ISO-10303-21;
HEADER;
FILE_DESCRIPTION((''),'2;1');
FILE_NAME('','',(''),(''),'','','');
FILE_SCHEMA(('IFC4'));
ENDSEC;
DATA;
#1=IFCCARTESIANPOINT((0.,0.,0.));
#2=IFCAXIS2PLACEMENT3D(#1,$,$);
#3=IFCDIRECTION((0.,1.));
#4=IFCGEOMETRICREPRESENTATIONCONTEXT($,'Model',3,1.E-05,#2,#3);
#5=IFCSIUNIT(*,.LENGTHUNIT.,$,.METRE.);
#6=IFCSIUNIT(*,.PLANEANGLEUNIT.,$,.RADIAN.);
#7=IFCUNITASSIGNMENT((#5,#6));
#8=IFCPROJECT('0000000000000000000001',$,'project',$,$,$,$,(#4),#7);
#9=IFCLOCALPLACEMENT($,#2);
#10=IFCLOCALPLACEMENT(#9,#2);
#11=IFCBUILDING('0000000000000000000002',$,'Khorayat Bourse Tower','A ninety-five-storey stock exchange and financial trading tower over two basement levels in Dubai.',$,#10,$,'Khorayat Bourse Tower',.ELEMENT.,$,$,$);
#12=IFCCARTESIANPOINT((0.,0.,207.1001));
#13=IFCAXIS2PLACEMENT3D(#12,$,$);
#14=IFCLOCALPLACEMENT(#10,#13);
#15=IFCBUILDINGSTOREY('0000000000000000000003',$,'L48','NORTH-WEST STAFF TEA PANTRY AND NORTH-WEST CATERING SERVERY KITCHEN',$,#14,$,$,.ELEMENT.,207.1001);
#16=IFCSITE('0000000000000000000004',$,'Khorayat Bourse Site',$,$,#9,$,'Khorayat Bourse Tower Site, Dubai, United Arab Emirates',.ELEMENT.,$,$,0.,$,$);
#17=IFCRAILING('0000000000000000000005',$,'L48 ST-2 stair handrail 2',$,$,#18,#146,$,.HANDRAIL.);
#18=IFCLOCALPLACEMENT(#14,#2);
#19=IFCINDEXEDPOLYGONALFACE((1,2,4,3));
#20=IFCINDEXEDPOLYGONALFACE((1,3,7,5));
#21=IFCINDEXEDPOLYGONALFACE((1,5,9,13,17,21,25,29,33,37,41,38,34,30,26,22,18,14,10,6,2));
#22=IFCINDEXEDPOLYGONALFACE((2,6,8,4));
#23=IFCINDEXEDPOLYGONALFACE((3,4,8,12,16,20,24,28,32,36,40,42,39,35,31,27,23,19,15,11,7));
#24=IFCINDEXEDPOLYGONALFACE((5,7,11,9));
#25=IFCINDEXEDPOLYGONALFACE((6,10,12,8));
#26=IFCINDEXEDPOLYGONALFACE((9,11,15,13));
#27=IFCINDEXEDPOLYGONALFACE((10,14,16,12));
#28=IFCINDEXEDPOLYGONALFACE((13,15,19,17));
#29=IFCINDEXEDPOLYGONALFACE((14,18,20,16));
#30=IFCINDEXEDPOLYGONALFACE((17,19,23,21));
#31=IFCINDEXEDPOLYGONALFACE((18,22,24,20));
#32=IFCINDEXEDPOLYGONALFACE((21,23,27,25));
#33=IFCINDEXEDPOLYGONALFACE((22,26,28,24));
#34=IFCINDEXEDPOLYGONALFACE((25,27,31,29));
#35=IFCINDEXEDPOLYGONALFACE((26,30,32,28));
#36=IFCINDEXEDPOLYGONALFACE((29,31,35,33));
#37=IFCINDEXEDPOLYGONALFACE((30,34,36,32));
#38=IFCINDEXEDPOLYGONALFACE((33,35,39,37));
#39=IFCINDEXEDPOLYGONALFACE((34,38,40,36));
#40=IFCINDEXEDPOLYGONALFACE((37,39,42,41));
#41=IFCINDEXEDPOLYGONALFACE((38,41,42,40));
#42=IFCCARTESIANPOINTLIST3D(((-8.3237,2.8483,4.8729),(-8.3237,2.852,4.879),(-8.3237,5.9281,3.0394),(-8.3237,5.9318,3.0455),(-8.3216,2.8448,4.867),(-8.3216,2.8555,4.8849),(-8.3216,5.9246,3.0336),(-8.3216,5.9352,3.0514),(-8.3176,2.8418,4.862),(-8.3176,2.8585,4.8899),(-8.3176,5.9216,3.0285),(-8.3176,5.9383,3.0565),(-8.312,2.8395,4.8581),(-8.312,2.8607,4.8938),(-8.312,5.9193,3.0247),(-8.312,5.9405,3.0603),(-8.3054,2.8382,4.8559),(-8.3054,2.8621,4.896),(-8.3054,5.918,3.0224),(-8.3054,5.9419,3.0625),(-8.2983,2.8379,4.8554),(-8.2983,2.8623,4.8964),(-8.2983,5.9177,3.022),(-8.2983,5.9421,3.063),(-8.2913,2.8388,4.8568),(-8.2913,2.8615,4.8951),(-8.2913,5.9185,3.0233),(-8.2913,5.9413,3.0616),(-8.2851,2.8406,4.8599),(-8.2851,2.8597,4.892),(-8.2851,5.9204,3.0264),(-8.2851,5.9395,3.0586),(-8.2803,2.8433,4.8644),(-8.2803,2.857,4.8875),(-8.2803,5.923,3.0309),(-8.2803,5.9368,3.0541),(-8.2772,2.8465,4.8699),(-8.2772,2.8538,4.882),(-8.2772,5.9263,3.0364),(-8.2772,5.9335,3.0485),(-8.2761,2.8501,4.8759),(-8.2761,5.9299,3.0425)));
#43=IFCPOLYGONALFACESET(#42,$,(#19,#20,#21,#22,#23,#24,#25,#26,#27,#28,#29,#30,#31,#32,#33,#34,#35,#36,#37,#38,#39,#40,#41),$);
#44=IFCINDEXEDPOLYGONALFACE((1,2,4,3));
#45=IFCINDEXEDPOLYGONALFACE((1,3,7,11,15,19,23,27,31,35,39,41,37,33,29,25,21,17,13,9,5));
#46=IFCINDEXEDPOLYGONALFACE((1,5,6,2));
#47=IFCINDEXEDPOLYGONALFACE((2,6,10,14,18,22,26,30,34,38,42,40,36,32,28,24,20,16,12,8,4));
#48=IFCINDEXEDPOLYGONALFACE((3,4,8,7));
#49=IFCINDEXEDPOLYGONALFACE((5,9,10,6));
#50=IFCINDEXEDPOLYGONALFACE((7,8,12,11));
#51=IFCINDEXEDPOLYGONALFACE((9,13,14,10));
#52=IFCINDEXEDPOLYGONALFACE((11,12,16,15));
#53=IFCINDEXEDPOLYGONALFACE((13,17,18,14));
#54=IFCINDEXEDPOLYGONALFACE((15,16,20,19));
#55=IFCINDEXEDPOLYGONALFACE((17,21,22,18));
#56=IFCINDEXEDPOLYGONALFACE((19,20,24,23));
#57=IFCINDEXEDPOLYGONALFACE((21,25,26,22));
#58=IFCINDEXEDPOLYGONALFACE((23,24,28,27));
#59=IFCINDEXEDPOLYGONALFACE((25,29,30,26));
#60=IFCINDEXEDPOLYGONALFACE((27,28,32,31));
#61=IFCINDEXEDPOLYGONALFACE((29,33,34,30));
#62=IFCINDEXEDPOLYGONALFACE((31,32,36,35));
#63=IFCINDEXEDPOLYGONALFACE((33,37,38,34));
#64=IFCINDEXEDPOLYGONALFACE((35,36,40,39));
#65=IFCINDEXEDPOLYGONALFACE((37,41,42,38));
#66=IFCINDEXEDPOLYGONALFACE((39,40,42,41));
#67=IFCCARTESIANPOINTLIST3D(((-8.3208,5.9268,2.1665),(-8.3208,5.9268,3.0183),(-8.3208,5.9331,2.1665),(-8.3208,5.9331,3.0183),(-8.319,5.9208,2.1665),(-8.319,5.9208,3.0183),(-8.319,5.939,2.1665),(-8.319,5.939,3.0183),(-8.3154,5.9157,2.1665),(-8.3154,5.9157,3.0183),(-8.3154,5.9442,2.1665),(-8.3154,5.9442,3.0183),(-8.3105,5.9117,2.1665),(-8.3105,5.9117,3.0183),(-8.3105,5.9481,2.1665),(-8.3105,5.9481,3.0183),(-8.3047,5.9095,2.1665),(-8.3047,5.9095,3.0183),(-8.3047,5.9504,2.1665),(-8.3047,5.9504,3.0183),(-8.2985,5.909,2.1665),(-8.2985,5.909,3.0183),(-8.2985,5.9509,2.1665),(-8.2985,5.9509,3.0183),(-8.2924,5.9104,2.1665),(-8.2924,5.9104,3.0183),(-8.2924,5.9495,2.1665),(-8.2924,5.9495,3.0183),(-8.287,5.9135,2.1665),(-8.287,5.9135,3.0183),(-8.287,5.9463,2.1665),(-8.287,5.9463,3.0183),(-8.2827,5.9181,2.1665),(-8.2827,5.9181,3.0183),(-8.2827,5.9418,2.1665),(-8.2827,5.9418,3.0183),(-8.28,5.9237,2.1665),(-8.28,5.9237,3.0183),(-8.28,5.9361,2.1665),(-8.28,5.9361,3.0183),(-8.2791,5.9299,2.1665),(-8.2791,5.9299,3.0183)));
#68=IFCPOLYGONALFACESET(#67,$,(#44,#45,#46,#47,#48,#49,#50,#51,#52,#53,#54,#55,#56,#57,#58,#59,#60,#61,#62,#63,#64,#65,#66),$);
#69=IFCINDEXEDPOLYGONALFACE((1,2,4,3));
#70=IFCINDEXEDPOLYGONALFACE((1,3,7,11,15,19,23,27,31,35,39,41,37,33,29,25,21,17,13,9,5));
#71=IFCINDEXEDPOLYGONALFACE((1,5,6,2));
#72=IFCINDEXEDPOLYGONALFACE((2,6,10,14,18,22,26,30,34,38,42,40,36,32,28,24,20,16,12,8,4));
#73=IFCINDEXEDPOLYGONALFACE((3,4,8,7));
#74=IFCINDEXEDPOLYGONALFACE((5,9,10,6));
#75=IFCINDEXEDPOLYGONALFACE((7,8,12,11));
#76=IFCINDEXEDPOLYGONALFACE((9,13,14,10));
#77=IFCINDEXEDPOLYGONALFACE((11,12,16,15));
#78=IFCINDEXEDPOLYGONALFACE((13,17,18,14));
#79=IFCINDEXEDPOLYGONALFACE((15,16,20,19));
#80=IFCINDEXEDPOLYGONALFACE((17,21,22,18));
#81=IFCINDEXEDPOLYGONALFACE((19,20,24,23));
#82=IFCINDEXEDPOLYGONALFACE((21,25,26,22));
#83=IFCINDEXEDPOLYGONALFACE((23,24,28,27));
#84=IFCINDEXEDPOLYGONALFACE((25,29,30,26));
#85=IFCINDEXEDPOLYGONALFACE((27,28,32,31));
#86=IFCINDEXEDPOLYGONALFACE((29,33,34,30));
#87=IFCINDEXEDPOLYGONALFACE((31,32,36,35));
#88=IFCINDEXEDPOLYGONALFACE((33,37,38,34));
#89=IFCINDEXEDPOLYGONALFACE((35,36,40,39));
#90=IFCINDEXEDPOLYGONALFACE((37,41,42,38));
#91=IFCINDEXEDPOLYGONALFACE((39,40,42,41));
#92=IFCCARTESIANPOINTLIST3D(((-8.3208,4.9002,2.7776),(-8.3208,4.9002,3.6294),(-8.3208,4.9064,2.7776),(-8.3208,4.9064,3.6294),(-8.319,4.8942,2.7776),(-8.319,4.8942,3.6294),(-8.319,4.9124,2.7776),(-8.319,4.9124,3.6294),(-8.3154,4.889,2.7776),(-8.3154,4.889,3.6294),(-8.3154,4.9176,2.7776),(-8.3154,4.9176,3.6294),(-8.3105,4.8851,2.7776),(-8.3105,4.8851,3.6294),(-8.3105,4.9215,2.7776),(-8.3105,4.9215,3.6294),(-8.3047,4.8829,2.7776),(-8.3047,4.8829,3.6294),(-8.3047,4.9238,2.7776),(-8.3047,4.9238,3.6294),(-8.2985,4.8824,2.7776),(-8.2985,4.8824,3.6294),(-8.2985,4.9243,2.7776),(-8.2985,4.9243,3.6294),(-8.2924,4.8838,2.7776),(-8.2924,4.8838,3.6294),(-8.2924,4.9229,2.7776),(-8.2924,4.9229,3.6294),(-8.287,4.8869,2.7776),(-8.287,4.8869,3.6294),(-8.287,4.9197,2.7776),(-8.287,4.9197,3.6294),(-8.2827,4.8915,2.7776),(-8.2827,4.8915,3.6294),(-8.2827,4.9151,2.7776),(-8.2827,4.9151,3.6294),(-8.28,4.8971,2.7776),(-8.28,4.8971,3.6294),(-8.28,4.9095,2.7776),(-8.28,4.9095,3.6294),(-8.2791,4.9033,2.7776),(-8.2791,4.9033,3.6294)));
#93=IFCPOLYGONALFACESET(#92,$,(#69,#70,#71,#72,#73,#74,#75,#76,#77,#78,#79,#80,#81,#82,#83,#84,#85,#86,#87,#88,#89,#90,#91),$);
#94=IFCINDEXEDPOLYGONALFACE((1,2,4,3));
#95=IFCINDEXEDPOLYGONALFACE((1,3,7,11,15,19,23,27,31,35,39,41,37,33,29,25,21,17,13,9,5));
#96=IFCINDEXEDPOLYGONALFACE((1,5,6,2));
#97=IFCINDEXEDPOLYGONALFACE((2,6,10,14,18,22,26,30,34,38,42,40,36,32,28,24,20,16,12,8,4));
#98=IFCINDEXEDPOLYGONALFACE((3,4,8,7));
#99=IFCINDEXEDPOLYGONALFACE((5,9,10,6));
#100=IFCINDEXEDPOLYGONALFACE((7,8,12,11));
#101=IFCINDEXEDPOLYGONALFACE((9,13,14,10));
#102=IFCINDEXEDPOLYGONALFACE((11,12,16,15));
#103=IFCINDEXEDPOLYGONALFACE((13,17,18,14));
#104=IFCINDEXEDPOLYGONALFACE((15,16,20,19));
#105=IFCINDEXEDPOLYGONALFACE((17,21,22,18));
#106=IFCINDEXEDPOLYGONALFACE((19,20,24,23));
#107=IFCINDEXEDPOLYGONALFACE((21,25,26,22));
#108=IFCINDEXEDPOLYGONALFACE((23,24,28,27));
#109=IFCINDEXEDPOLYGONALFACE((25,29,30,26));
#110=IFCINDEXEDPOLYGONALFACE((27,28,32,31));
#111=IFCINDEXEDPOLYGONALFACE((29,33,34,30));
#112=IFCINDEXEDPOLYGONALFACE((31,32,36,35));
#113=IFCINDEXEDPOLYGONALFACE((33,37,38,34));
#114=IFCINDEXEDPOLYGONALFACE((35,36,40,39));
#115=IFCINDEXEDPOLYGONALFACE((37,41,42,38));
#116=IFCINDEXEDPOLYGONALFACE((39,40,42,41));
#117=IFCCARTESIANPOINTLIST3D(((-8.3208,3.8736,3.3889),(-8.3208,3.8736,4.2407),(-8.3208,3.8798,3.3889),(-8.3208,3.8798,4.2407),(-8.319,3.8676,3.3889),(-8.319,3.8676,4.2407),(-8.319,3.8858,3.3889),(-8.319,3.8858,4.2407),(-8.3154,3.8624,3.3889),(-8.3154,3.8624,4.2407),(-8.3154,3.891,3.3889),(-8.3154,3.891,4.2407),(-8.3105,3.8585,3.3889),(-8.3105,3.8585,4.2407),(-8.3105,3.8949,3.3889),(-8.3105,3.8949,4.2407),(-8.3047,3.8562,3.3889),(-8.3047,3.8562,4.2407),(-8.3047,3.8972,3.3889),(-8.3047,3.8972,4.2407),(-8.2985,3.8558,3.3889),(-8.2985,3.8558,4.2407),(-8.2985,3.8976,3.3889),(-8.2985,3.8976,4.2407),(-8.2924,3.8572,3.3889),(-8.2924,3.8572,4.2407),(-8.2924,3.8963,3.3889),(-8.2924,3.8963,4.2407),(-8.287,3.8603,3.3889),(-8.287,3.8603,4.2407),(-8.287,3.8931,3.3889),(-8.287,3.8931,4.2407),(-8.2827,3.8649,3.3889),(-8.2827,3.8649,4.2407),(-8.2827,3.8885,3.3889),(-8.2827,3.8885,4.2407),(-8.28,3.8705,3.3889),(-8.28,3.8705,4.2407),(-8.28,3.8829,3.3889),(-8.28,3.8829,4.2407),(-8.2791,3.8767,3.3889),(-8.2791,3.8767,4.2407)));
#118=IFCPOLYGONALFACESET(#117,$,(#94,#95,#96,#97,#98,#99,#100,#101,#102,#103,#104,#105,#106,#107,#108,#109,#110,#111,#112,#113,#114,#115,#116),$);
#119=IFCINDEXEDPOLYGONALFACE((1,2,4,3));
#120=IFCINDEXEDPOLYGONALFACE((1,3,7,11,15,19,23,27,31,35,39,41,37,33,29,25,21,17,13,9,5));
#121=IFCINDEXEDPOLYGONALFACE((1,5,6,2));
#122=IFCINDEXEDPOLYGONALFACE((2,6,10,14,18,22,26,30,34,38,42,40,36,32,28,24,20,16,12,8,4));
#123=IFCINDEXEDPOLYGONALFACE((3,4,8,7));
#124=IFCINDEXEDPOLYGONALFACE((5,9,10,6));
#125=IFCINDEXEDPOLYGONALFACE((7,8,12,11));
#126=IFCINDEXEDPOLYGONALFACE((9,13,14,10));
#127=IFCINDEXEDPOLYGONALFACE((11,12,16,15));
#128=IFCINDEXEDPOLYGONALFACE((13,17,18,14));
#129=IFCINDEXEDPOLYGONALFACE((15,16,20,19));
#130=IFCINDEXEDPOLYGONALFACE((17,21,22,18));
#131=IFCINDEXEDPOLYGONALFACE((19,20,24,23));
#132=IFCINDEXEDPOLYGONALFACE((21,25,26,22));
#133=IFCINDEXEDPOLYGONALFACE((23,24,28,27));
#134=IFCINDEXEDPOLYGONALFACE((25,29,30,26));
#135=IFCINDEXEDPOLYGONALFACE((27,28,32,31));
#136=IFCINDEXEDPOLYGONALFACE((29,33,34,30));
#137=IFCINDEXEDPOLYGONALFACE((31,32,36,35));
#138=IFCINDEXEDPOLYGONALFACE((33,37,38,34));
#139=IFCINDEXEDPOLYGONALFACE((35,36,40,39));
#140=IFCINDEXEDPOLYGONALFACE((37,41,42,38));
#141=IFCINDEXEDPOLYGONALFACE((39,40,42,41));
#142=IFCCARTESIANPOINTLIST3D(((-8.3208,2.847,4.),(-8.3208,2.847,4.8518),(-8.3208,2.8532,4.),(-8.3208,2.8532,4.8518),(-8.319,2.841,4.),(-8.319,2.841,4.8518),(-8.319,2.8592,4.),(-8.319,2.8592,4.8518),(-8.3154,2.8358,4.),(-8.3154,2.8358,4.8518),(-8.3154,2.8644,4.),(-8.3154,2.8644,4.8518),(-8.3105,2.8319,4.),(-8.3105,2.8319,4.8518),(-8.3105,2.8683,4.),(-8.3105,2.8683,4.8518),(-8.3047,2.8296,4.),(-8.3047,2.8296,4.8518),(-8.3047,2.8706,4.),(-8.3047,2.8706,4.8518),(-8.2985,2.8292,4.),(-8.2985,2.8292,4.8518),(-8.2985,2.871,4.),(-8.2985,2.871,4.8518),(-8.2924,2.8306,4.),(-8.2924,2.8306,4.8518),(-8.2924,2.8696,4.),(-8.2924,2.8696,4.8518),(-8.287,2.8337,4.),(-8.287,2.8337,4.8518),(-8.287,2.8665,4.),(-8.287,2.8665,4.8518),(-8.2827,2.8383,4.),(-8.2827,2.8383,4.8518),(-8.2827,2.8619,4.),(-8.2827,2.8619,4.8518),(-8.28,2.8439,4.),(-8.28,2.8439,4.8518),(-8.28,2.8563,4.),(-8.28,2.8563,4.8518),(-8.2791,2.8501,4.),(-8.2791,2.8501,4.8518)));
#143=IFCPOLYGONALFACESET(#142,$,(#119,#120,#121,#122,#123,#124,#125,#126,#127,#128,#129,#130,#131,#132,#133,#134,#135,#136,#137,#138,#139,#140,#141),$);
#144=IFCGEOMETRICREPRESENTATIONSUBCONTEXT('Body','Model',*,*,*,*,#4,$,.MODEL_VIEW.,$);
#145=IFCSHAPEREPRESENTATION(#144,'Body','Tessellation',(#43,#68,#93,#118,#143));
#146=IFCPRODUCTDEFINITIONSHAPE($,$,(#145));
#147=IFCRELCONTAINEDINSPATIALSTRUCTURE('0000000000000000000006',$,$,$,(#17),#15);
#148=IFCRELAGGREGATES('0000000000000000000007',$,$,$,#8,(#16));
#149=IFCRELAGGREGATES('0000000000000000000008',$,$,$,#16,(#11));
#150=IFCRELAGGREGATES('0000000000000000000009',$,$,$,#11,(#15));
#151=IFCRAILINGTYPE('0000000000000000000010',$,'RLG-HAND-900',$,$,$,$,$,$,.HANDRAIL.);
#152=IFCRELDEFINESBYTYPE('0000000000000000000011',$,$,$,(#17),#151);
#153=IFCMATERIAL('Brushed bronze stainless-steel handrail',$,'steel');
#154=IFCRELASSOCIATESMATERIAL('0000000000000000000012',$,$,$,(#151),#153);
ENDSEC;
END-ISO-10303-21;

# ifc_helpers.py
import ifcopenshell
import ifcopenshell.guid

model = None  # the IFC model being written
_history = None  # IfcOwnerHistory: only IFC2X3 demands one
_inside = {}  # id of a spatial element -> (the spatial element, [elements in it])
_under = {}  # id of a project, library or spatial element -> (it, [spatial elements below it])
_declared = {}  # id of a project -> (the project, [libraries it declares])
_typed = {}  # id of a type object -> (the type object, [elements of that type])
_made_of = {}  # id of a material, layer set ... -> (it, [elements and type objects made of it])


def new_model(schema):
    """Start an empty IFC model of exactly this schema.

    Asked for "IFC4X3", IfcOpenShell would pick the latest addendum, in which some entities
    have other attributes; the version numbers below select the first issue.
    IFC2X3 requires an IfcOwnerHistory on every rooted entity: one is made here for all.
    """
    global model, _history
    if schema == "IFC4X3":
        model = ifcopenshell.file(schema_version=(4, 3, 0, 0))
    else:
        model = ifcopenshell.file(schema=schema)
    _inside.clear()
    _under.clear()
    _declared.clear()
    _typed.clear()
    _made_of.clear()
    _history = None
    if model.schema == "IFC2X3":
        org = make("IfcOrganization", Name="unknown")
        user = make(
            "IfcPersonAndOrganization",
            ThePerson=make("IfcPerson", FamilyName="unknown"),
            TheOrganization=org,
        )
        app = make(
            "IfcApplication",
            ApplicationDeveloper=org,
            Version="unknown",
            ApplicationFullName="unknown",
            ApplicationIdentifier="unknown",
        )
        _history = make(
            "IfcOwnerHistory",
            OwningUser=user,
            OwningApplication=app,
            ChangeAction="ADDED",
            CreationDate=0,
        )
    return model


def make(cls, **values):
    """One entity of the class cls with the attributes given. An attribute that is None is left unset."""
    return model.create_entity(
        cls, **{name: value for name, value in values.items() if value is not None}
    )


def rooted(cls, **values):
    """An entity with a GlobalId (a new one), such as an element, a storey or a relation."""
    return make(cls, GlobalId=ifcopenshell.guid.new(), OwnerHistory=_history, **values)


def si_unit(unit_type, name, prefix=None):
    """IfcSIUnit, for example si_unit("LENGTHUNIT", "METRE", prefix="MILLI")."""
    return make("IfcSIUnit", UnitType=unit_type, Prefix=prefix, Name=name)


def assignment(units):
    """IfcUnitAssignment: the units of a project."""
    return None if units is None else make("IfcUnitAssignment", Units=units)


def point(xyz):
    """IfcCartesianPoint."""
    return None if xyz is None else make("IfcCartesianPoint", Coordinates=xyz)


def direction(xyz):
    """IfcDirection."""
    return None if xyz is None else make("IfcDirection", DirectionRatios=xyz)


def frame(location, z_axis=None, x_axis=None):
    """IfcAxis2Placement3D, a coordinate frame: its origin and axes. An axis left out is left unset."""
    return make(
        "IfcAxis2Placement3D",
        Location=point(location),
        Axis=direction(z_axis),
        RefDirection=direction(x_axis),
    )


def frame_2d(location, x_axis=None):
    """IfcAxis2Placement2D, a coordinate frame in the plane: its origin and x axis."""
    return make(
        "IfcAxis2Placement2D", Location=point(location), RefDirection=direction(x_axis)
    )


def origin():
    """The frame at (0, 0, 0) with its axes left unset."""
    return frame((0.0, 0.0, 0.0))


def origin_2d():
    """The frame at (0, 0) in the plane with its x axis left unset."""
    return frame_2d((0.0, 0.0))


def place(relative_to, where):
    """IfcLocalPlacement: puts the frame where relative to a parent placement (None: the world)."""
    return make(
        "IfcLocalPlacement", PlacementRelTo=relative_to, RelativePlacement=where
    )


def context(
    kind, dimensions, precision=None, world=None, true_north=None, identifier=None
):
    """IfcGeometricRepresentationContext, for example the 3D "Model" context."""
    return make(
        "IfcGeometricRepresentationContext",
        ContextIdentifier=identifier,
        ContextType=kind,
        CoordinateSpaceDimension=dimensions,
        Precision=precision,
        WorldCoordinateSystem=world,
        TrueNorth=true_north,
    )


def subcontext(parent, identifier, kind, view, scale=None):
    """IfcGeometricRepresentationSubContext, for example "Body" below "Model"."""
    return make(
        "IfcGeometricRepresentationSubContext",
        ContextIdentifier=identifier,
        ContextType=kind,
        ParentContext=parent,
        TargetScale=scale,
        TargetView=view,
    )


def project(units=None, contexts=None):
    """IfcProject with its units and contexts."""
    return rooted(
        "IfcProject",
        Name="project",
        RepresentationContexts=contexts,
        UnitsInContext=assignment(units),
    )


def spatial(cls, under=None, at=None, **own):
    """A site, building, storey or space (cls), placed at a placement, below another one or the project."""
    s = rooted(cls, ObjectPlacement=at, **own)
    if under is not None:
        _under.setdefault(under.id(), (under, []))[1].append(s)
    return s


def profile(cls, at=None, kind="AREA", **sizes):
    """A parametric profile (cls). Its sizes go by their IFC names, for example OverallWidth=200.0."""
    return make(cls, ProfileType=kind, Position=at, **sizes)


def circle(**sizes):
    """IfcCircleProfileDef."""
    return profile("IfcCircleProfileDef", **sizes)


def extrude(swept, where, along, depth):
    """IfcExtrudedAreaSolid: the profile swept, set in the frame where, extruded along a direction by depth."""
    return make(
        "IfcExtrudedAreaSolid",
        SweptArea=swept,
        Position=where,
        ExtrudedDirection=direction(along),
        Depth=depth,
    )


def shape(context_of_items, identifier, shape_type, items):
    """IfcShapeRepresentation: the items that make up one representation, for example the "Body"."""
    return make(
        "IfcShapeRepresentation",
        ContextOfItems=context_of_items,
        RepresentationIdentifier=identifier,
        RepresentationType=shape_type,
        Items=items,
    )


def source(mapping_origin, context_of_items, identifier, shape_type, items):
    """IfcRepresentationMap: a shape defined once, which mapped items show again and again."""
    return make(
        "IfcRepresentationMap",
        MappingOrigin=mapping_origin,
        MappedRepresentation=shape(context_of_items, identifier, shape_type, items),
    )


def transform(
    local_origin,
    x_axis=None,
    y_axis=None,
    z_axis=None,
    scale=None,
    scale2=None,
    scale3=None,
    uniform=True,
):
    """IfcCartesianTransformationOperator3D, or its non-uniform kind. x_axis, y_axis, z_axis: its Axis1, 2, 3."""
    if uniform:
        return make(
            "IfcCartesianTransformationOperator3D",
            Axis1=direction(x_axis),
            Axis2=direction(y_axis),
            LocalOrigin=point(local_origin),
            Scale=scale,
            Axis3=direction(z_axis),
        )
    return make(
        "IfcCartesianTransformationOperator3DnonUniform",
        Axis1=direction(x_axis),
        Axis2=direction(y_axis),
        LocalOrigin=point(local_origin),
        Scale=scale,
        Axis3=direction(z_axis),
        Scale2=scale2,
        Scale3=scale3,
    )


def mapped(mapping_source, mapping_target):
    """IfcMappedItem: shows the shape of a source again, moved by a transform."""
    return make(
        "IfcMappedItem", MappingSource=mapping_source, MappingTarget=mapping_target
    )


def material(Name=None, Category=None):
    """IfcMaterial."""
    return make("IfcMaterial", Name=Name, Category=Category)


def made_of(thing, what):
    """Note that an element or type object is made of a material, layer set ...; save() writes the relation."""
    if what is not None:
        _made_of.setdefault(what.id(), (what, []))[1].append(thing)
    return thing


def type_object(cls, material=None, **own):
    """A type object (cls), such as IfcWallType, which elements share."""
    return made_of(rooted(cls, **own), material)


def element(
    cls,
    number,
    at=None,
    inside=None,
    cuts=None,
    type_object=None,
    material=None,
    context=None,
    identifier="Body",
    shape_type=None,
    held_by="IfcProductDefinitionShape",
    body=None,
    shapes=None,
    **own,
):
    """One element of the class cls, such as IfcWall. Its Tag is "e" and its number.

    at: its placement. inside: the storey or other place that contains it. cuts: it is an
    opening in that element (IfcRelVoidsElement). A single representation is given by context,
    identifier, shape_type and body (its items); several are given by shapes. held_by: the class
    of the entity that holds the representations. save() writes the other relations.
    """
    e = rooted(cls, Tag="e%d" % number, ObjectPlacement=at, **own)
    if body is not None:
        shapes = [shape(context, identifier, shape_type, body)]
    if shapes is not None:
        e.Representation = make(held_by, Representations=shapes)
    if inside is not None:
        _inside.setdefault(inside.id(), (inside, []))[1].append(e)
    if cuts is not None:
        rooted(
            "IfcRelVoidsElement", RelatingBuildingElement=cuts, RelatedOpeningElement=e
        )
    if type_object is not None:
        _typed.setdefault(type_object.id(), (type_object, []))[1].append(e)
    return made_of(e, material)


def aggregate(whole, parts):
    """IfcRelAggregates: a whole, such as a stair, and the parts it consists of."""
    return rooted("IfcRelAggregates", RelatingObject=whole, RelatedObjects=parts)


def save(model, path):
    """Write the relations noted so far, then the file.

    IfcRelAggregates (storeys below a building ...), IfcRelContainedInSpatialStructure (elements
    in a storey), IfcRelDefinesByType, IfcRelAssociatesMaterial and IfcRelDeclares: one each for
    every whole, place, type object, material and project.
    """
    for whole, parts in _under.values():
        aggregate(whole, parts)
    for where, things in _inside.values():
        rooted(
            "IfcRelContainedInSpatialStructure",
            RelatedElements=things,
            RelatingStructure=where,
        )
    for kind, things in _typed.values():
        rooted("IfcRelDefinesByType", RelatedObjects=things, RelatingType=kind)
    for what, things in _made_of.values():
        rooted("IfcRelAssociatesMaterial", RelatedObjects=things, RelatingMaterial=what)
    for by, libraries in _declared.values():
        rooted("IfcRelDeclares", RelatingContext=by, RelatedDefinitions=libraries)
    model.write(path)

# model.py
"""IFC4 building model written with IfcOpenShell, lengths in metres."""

from ifc_helpers import new_model, si_unit, direction, frame, origin, origin_2d, place, context, subcontext, project, spatial, circle, extrude, source, transform, mapped, material, type_object, element, save


model = new_model("IFC4")

# Units and contexts
model_context = context("Model", 3, precision=1e-05, world=origin(), true_north=direction((0.0, 1.0)))
body_context = subcontext(model_context, "Body", "Model", "MODEL_VIEW")
ifc_project = project(units=[si_unit("LENGTHUNIT", "METRE"), si_unit("PLANEANGLEUNIT", "RADIAN")], contexts=[model_context])

# Site, building, storey
site_placement = place(None, origin())
site = spatial("IfcSite", under=ifc_project, at=site_placement, Name="Khorayat Bourse Site", LongName="Khorayat Bourse Tower Site, Dubai, United Arab Emirates", CompositionType="ELEMENT", RefElevation=0.0)
building_placement = place(site_placement, origin())
building = spatial("IfcBuilding", under=site, at=building_placement, Name="Khorayat Bourse Tower", Description="A ninety-five-storey stock exchange and financial trading tower over two basement levels in Dubai.", LongName="Khorayat Bourse Tower", CompositionType="ELEMENT")
storey_placement = place(building_placement, frame((0.0, 0.0, 207.1001)))
storey = spatial("IfcBuildingStorey", under=building, at=storey_placement, Name="L48", Description="NORTH-WEST STAFF TEA PANTRY AND NORTH-WEST CATERING SERVERY KITCHEN", CompositionType="ELEMENT", Elevation=207.1001)

# Railing
ifc_material_1 = material(Name="Brushed bronze stainless-steel handrail", Category="steel")
railing_type_1 = type_object("IfcRailingType", Name="RLG-HAND-900", PredefinedType="HANDRAIL", material=ifc_material_1)
shared_shape_1 = source(origin(), body_context, "Body", "SweptSolid", [
    extrude(circle(Radius=0.0239, at=origin_2d()), frame((0.0, 0.0, 0.876), z_axis=(0.0, -0.859261, 0.511538), x_axis=(1.0, 0.0, 0.0)), (0.0, 0.0, 1.0), 3.5842),
    extrude(circle(Radius=0.021, at=origin_2d()), origin(), (0.0, 0.0, 1.0), 0.8518),
    extrude(circle(Radius=0.021, at=origin_2d()), frame((0.0, -1.0266, 0.6111)), (0.0, 0.0, 1.0), 0.8518),
    extrude(circle(Radius=0.021, at=origin_2d()), frame((0.0, -2.0532, 1.2224)), (0.0, 0.0, 1.0), 0.8518),
    extrude(circle(Radius=0.021, at=origin_2d()), frame((0.0, -3.0798, 1.8335)), (0.0, 0.0, 1.0), 0.8518),
])
railing_1_placement = place(storey_placement, frame((-8.3, 5.9299, 2.1665)))
element("IfcRailing", 1, at=railing_1_placement, inside=storey, type_object=railing_type_1, Name="L48 ST-2 stair handrail 2", PredefinedType="HANDRAIL", context=body_context, shape_type="MappedRepresentation", body=[
    mapped(shared_shape_1, transform((0.0, 0.0, 0.0), scale=1.0)),
])

save(model, "model.ifc")
